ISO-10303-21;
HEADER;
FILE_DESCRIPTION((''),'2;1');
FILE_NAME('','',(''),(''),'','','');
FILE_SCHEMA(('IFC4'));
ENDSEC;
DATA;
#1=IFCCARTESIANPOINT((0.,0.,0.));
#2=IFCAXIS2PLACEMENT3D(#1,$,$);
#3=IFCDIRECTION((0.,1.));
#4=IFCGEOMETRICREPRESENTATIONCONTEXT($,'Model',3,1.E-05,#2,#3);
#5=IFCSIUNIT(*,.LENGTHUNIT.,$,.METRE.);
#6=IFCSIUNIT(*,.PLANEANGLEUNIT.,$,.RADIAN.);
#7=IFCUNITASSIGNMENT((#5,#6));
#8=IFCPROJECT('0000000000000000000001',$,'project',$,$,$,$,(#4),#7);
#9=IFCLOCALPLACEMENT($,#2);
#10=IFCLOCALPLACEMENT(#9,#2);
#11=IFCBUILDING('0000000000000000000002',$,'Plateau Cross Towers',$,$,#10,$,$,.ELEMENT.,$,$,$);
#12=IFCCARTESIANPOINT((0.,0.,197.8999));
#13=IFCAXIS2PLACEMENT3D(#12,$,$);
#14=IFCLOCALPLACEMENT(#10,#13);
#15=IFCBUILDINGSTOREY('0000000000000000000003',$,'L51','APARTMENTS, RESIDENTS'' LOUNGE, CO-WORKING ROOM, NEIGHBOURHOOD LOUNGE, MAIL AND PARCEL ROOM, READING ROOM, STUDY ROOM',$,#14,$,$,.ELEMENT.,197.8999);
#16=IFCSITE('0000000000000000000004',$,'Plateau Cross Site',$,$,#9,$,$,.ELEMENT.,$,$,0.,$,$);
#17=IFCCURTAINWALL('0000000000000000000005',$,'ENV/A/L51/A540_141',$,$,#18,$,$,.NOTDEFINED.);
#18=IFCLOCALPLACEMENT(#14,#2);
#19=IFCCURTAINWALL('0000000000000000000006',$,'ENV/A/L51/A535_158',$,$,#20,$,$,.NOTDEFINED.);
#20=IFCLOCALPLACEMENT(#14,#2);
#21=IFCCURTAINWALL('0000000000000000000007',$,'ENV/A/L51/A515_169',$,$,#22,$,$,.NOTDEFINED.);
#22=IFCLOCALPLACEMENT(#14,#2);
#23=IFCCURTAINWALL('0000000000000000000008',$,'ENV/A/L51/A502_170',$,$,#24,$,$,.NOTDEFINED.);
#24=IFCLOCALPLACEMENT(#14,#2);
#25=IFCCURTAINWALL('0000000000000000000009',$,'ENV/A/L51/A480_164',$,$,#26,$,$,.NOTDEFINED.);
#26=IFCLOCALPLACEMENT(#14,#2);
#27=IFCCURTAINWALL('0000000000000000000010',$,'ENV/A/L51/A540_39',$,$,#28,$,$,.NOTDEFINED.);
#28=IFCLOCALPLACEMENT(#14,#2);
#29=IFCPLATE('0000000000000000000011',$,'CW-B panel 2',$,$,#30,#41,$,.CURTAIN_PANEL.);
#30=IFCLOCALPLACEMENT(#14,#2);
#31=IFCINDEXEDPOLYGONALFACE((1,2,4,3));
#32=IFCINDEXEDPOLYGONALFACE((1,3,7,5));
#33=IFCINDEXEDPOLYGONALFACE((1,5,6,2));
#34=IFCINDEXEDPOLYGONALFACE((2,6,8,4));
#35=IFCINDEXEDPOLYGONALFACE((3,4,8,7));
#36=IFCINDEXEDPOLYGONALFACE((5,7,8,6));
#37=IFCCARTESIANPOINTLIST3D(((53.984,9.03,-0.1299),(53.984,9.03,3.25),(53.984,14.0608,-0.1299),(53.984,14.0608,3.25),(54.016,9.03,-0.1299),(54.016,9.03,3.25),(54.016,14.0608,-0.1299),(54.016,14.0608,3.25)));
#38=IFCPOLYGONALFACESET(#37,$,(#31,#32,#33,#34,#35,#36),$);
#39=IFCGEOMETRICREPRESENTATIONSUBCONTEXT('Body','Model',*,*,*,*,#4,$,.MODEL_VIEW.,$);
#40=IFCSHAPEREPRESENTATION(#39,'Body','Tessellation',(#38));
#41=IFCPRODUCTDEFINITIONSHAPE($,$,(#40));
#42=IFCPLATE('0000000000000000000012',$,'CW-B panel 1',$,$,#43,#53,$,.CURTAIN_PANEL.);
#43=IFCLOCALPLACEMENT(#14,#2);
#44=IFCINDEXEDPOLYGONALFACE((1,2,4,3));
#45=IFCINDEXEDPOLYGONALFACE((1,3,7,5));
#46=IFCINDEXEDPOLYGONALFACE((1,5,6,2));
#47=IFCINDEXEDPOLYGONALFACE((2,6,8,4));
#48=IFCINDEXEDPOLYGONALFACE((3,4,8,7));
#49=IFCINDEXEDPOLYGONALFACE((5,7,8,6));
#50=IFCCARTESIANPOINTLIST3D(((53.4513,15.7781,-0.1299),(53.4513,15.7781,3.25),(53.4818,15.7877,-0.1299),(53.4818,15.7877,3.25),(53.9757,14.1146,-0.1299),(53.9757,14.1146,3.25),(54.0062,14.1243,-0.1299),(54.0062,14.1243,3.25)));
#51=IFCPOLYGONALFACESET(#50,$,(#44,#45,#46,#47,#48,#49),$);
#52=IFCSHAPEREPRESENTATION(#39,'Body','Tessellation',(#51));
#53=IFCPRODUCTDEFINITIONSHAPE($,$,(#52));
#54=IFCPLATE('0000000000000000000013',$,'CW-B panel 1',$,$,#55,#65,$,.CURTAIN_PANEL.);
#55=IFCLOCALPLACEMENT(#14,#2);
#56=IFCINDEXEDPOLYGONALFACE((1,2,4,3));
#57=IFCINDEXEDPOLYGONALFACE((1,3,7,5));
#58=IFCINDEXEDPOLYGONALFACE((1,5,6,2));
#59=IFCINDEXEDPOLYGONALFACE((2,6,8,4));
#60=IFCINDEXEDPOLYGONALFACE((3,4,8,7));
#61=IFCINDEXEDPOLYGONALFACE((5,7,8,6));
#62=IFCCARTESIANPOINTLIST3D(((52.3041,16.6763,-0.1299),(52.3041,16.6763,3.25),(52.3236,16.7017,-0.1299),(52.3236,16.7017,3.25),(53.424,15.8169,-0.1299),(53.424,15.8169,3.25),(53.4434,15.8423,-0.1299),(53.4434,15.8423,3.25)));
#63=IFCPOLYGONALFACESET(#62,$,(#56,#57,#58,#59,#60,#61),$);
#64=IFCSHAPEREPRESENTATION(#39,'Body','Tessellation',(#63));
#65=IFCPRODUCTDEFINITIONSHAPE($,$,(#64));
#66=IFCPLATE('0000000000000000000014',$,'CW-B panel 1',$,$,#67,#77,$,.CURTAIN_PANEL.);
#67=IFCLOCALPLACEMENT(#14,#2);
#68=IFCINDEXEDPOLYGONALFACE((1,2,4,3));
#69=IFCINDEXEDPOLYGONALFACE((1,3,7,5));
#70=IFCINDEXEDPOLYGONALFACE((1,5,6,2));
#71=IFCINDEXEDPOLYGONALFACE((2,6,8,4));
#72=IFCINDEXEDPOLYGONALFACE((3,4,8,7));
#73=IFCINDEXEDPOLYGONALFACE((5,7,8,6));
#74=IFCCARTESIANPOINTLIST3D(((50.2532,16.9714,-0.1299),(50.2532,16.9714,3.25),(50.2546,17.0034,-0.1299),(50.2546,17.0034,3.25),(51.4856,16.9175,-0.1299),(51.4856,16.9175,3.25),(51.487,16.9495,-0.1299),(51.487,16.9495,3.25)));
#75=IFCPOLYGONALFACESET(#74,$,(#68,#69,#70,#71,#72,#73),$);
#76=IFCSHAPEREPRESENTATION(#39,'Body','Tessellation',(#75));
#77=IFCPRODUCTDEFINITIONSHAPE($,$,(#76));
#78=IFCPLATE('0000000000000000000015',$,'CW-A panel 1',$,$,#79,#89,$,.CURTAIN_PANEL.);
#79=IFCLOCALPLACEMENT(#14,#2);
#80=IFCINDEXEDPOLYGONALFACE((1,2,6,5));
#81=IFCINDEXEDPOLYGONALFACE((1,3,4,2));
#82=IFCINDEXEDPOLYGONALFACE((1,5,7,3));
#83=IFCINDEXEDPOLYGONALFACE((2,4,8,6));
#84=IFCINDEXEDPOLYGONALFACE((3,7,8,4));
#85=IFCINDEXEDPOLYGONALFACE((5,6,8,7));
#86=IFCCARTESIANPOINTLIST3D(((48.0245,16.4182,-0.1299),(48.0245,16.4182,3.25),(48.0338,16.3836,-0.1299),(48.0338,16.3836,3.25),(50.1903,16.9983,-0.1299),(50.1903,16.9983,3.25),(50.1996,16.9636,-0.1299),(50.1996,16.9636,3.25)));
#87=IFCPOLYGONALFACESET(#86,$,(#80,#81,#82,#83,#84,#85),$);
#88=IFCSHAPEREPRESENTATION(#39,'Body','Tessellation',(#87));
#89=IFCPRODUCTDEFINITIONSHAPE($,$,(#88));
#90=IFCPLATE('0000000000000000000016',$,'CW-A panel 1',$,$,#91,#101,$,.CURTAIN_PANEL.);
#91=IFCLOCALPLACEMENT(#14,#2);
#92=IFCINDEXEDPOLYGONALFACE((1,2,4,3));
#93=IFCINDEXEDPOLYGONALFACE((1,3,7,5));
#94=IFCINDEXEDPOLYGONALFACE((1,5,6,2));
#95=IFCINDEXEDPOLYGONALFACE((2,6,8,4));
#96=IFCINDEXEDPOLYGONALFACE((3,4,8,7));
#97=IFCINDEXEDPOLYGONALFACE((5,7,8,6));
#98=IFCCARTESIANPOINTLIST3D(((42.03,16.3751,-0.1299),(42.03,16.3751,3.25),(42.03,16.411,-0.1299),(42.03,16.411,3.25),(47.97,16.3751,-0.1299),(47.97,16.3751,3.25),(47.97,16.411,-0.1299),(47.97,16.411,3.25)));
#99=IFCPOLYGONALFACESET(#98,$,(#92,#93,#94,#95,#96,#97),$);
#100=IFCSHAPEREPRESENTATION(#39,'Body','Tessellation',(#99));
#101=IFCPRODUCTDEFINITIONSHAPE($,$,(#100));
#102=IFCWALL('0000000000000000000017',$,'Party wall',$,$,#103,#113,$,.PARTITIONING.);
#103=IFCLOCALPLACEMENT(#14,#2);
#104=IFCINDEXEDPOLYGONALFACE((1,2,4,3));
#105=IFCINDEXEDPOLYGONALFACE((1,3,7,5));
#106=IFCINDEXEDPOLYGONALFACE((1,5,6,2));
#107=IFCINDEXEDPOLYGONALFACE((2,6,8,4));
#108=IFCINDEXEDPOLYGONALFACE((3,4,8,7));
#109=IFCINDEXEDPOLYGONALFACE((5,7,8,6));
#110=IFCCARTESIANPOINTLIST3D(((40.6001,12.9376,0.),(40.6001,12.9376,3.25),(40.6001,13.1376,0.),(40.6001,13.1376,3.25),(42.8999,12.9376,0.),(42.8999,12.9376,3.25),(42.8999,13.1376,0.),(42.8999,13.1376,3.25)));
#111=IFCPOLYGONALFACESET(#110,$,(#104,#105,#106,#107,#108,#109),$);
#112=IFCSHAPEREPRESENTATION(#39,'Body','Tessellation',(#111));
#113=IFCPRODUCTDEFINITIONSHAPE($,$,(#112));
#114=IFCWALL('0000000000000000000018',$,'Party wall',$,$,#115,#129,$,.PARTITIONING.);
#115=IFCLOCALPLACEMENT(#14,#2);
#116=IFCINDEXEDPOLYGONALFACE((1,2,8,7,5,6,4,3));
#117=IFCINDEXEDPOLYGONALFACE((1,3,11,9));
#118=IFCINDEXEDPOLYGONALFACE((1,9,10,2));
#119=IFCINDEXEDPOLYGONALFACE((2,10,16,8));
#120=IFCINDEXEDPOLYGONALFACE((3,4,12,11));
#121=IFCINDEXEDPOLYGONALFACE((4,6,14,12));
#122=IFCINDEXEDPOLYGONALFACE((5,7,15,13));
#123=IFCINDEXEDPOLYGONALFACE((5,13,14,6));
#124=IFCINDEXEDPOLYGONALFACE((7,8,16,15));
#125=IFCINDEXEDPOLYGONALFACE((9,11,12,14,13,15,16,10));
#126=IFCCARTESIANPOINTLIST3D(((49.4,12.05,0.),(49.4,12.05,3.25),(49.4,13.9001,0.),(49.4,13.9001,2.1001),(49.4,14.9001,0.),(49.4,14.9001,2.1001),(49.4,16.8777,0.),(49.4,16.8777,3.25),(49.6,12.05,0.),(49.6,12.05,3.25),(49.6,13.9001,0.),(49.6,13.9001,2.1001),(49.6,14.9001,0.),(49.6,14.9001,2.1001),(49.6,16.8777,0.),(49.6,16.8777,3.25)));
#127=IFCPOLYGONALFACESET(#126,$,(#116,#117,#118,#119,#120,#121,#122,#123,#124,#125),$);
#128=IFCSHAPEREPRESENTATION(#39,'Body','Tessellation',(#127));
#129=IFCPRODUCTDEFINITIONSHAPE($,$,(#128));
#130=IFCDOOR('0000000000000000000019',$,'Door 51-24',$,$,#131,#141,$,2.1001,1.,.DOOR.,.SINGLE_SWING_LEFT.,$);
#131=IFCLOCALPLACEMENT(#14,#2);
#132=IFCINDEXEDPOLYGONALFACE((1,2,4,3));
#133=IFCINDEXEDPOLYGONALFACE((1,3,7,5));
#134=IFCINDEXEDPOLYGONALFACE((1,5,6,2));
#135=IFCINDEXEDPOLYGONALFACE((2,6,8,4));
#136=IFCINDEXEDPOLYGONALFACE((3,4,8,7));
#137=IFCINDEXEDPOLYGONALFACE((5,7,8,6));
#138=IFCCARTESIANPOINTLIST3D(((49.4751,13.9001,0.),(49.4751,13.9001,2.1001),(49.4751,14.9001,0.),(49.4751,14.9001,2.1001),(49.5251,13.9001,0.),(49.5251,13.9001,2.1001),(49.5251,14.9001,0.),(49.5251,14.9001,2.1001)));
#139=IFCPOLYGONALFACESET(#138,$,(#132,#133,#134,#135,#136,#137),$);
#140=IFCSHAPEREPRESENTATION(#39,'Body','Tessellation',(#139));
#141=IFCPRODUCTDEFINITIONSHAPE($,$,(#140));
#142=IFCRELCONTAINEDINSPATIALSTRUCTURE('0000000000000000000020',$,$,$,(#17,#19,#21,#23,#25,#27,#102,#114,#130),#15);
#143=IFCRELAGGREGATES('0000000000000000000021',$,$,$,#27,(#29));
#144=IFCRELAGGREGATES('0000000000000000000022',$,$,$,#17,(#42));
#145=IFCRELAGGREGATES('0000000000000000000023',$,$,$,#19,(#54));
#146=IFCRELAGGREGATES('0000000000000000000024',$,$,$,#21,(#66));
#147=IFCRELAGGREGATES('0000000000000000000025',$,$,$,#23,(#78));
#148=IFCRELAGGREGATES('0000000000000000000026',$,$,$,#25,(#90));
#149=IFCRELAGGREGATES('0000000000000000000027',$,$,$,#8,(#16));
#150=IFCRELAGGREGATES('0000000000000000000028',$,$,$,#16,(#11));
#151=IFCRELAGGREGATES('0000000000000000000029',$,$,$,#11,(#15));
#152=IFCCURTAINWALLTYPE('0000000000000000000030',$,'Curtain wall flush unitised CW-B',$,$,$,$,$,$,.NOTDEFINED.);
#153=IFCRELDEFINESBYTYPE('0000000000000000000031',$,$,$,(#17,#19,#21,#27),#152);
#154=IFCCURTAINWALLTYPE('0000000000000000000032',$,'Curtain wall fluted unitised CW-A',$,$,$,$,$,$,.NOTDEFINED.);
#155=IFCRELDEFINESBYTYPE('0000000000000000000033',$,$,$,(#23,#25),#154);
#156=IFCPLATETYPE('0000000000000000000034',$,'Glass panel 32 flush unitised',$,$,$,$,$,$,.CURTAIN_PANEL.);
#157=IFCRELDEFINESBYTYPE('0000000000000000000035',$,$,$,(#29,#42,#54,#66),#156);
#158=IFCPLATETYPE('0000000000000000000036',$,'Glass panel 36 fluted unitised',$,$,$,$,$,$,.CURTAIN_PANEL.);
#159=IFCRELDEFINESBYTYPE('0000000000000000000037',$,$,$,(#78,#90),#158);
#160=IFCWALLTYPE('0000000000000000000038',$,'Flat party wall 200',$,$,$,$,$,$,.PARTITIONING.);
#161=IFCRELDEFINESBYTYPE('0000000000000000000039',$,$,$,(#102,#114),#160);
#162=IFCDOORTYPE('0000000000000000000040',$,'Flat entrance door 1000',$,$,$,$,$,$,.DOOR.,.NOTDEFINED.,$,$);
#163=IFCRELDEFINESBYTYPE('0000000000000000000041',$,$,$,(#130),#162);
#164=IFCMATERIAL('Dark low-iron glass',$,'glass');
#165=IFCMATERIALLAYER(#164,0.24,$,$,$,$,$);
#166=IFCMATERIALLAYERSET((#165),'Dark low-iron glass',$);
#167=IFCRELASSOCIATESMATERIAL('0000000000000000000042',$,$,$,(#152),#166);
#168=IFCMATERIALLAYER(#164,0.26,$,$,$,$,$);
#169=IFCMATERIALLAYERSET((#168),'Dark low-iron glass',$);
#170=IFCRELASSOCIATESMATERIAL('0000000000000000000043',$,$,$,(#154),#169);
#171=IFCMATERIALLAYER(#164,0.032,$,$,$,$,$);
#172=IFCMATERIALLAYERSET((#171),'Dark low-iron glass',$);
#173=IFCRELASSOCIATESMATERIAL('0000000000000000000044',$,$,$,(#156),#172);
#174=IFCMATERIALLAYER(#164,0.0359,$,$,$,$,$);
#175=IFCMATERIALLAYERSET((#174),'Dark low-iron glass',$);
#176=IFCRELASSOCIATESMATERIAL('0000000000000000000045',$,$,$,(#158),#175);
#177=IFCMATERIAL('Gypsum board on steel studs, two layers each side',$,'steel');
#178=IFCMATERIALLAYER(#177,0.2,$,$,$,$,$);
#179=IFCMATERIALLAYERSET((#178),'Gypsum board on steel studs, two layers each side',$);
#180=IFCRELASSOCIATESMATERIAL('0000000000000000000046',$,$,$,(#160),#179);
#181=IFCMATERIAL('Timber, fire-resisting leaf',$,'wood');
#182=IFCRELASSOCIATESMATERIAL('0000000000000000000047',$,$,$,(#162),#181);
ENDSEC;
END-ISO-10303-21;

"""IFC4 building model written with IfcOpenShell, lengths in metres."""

from ifc_helpers import new_model, si_unit, direction, frame, frame_2d, origin, origin_2d, place, context, subcontext, project, spatial, rectangle, extrude, material, layer, layer_set, type_object, element, fill, aggregate, save


model = new_model("IFC4")

# Units and contexts
model_context = context("Model", 3, precision=1e-05, world=origin(), true_north=direction((0.0, 1.0)))
body_context = subcontext(model_context, "Body", "Model", "MODEL_VIEW")
ifc_project = project(units=[si_unit("LENGTHUNIT", "METRE"), si_unit("PLANEANGLEUNIT", "RADIAN")], contexts=[model_context])

# Site, building, storey
site_placement = place(None, origin())
site = spatial("IfcSite", under=ifc_project, at=site_placement, Name="Plateau Cross Site", CompositionType="ELEMENT", RefElevation=0.0)
building_placement = place(site_placement, origin())
building = spatial("IfcBuilding", under=site, at=building_placement, Name="Plateau Cross Towers", CompositionType="ELEMENT")
storey_placement = place(building_placement, frame((0.0, 0.0, 197.8999)))
storey = spatial("IfcBuildingStorey", under=building, at=storey_placement, Name="L51", Description="APARTMENTS, RESIDENTS' LOUNGE, CO-WORKING ROOM, NEIGHBOURHOOD LOUNGE, MAIL AND PARCEL ROOM, READING ROOM, STUDY ROOM", CompositionType="ELEMENT", Elevation=197.8999)

# Curtain wall
ifc_material_1 = material(Name="Dark low-iron glass", Category="glass")
ifc_layer_1 = layer(ifc_material_1, 0.24)
ifc_layer_set_1 = layer_set([ifc_layer_1], Name="Dark low-iron glass")
curtain_wall_type_1 = type_object("IfcCurtainWallType", Name="Curtain wall flush unitised CW-B", PredefinedType="NOTDEFINED", material=ifc_layer_set_1)
curtain_wall_1_placement = place(storey_placement, origin())
curtain_wall_1 = element("IfcCurtainWall", 1, at=curtain_wall_1_placement, inside=storey, type_object=curtain_wall_type_1, Name="ENV/A/L51/A540_141", PredefinedType="NOTDEFINED")

# Curtain wall
curtain_wall_2_placement = place(storey_placement, origin())
curtain_wall_2 = element("IfcCurtainWall", 2, at=curtain_wall_2_placement, inside=storey, type_object=curtain_wall_type_1, Name="ENV/A/L51/A535_158", PredefinedType="NOTDEFINED")

# Curtain walls
curtain_wall_3_placement = place(storey_placement, origin())
curtain_wall_3 = element("IfcCurtainWall", 3, at=curtain_wall_3_placement, inside=storey, type_object=curtain_wall_type_1, Name="ENV/A/L51/A515_169", PredefinedType="NOTDEFINED")
ifc_layer_2 = layer(ifc_material_1, 0.26)
ifc_layer_set_2 = layer_set([ifc_layer_2], Name="Dark low-iron glass")
curtain_wall_type_2 = type_object("IfcCurtainWallType", Name="Curtain wall fluted unitised CW-A", PredefinedType="NOTDEFINED", material=ifc_layer_set_2)
curtain_wall_4_placement = place(storey_placement, origin())
curtain_wall_4 = element("IfcCurtainWall", 4, at=curtain_wall_4_placement, inside=storey, type_object=curtain_wall_type_2, Name="ENV/A/L51/A502_170", PredefinedType="NOTDEFINED")
curtain_wall_5_placement = place(storey_placement, origin())
curtain_wall_5 = element("IfcCurtainWall", 5, at=curtain_wall_5_placement, inside=storey, type_object=curtain_wall_type_2, Name="ENV/A/L51/A480_164", PredefinedType="NOTDEFINED")

# Curtain wall, plate
curtain_wall_6_placement = place(storey_placement, origin())
curtain_wall_6 = element("IfcCurtainWall", 6, at=curtain_wall_6_placement, inside=storey, type_object=curtain_wall_type_1, Name="ENV/A/L51/A540_39", PredefinedType="NOTDEFINED")
ifc_layer_3 = layer(ifc_material_1, 0.032)
ifc_layer_set_3 = layer_set([ifc_layer_3], Name="Dark low-iron glass")
plate_type_1 = type_object("IfcPlateType", Name="Glass panel 32 flush unitised", PredefinedType="CURTAIN_PANEL", material=ifc_layer_set_3)
plate_1_placement = place(storey_placement, frame((54.0, 11.5454, -0.1299), z_axis=(0.0, 0.0, 1.0), x_axis=(0.0, 1.0, 0.0)))
plate_1 = element("IfcPlate", 7, at=plate_1_placement, type_object=plate_type_1, Name="CW-B panel 2", PredefinedType="CURTAIN_PANEL", context=body_context, shape_type="SweptSolid", body=[
    extrude(rectangle(XDim=5.0308, YDim=0.032, at=origin_2d()), origin(), (0.0, 0.0, 1.0), 3.3799),
])
aggregate(curtain_wall_6, [plate_1])

# Plates
plate_2_placement = place(storey_placement, frame((53.7288, 14.9512, -0.1299), z_axis=(0.0, 0.0, 1.0), x_axis=(-0.300686, 0.953723, 0.0)))
plate_2 = element("IfcPlate", 8, at=plate_2_placement, type_object=plate_type_1, Name="CW-B panel 1", PredefinedType="CURTAIN_PANEL", context=body_context, shape_type="SweptSolid", body=[
    extrude(rectangle(XDim=1.7441, YDim=0.032, at=origin_2d()), origin(), (0.0, 0.0, 1.0), 3.3799),
])
aggregate(curtain_wall_1, [plate_2])
plate_3_placement = place(storey_placement, frame((52.8738, 16.2593, -0.1299), z_axis=(0.0, 0.0, 1.0), x_axis=(-0.793316, 0.608811, 0.0)))
plate_3 = element("IfcPlate", 9, at=plate_3_placement, type_object=plate_type_1, Name="CW-B panel 1", PredefinedType="CURTAIN_PANEL", context=body_context, shape_type="SweptSolid", body=[
    extrude(rectangle(XDim=1.4116, YDim=0.032, at=origin_2d()), origin(), (0.0, 0.0, 1.0), 3.3799),
])
aggregate(curtain_wall_2, [plate_3])
plate_4_placement = place(storey_placement, frame((50.8701, 16.9604, -0.1299), z_axis=(0.0, 0.0, 1.0), x_axis=(-0.999044, 0.043723, 0.0)))
plate_4 = element("IfcPlate", 10, at=plate_4_placement, type_object=plate_type_1, Name="CW-B panel 1", PredefinedType="CURTAIN_PANEL", context=body_context, shape_type="SweptSolid", body=[
    extrude(rectangle(XDim=1.2336, YDim=0.032, at=origin_2d()), origin(), (0.0, 0.0, 1.0), 3.3799),
])
aggregate(curtain_wall_3, [plate_4])
ifc_layer_4 = layer(ifc_material_1, 0.0359)
ifc_layer_set_4 = layer_set([ifc_layer_4], Name="Dark low-iron glass")
plate_type_2 = type_object("IfcPlateType", Name="Glass panel 36 fluted unitised", PredefinedType="CURTAIN_PANEL", material=ifc_layer_set_4)
plate_5_placement = place(storey_placement, frame((49.1121, 16.6909, -0.1299), z_axis=(0.0, 0.0, 1.0), x_axis=(-0.965958, -0.258699, 0.0)))
plate_5 = element("IfcPlate", 11, at=plate_5_placement, type_object=plate_type_2, Name="CW-A panel 1", PredefinedType="CURTAIN_PANEL", context=body_context, shape_type="SweptSolid", body=[
    extrude(rectangle(XDim=2.2422, YDim=0.0359, at=origin_2d()), origin(), (0.0, 0.0, 1.0), 3.3799),
])
aggregate(curtain_wall_4, [plate_5])
plate_6_placement = place(storey_placement, frame((45.0, 16.3931, -0.1299), z_axis=(0.0, 0.0, 1.0), x_axis=(-1.0, 0.0, 0.0)))
plate_6 = element("IfcPlate", 12, at=plate_6_placement, type_object=plate_type_2, Name="CW-A panel 1", PredefinedType="CURTAIN_PANEL", context=body_context, shape_type="SweptSolid", body=[
    extrude(rectangle(XDim=5.9399, YDim=0.0359, at=origin_2d()), origin(), (0.0, 0.0, 1.0), 3.3799),
])
aggregate(curtain_wall_5, [plate_6])

# Wall
ifc_material_2 = material(Name="Gypsum board on steel studs, two layers each side", Category="steel")
ifc_layer_5 = layer(ifc_material_2, 0.2)
ifc_layer_set_5 = layer_set([ifc_layer_5], Name="Gypsum board on steel studs, two layers each side")
wall_type = type_object("IfcWallType", Name="Flat party wall 200", PredefinedType="PARTITIONING", material=ifc_layer_set_5)
wall_1_placement = place(storey_placement, frame((42.8999, 13.0376, 0.0), z_axis=(0.0, 0.0, 1.0), x_axis=(-1.0, 0.0, 0.0)))
element("IfcWall", 13, at=wall_1_placement, inside=storey, type_object=wall_type, Name="Party wall", PredefinedType="PARTITIONING", context=body_context, shape_type="SweptSolid", body=[
    extrude(rectangle(XDim=2.2998, YDim=0.2, at=frame_2d((1.1499, 0.0))), origin(), (0.0, 0.0, 1.0), 3.25),
])

# Wall, opening, door
wall_2_placement = place(storey_placement, frame((49.5, 12.05, 0.0), z_axis=(0.0, 0.0, 1.0), x_axis=(0.0, 1.0, 0.0)))
wall_2 = element("IfcWall", 14, at=wall_2_placement, inside=storey, type_object=wall_type, Name="Party wall", PredefinedType="PARTITIONING", context=body_context, shape_type="SweptSolid", body=[
    extrude(rectangle(XDim=4.8276, YDim=0.2, at=frame_2d((2.4138, 0.0))), origin(), (0.0, 0.0, 1.0), 3.25),
])
opening_placement = place(wall_2_placement, frame((1.8501, 0.0, 0.0)))
opening = element("IfcOpeningElement", 15, at=opening_placement, cuts=wall_2, PredefinedType="OPENING", context=body_context, shape_type="SweptSolid", body=[
    extrude(rectangle(XDim=1.0, YDim=2.1001, at=frame_2d((0.5, 1.05))), frame((0.0, 0.1099, 0.0), z_axis=(0.0, -1.0, 0.0), x_axis=(1.0, 0.0, 0.0)), (0.0, 0.0, 1.0), 0.22),
])
ifc_material_3 = material(Name="Timber, fire-resisting leaf", Category="wood")
door_type = type_object("IfcDoorType", Name="Flat entrance door 1000", OperationType="NOTDEFINED", PredefinedType="DOOR", material=ifc_material_3)
door_placement = place(opening_placement, origin())
door = element("IfcDoor", 16, at=door_placement, inside=storey, type_object=door_type, Name="Door 51-24", OperationType="SINGLE_SWING_LEFT", OverallHeight=2.1001, OverallWidth=1.0, PredefinedType="DOOR", context=body_context, shape_type="SweptSolid", body=[
    extrude(rectangle(XDim=1.0, YDim=2.1001, at=frame_2d((0.5, 1.05))), frame((0.0, 0.0249, 0.0), z_axis=(0.0, -1.0, 0.0), x_axis=(1.0, 0.0, 0.0)), (0.0, 0.0, 1.0), 0.05),
])
fill(opening, door)

save(model, "model.ifc")
